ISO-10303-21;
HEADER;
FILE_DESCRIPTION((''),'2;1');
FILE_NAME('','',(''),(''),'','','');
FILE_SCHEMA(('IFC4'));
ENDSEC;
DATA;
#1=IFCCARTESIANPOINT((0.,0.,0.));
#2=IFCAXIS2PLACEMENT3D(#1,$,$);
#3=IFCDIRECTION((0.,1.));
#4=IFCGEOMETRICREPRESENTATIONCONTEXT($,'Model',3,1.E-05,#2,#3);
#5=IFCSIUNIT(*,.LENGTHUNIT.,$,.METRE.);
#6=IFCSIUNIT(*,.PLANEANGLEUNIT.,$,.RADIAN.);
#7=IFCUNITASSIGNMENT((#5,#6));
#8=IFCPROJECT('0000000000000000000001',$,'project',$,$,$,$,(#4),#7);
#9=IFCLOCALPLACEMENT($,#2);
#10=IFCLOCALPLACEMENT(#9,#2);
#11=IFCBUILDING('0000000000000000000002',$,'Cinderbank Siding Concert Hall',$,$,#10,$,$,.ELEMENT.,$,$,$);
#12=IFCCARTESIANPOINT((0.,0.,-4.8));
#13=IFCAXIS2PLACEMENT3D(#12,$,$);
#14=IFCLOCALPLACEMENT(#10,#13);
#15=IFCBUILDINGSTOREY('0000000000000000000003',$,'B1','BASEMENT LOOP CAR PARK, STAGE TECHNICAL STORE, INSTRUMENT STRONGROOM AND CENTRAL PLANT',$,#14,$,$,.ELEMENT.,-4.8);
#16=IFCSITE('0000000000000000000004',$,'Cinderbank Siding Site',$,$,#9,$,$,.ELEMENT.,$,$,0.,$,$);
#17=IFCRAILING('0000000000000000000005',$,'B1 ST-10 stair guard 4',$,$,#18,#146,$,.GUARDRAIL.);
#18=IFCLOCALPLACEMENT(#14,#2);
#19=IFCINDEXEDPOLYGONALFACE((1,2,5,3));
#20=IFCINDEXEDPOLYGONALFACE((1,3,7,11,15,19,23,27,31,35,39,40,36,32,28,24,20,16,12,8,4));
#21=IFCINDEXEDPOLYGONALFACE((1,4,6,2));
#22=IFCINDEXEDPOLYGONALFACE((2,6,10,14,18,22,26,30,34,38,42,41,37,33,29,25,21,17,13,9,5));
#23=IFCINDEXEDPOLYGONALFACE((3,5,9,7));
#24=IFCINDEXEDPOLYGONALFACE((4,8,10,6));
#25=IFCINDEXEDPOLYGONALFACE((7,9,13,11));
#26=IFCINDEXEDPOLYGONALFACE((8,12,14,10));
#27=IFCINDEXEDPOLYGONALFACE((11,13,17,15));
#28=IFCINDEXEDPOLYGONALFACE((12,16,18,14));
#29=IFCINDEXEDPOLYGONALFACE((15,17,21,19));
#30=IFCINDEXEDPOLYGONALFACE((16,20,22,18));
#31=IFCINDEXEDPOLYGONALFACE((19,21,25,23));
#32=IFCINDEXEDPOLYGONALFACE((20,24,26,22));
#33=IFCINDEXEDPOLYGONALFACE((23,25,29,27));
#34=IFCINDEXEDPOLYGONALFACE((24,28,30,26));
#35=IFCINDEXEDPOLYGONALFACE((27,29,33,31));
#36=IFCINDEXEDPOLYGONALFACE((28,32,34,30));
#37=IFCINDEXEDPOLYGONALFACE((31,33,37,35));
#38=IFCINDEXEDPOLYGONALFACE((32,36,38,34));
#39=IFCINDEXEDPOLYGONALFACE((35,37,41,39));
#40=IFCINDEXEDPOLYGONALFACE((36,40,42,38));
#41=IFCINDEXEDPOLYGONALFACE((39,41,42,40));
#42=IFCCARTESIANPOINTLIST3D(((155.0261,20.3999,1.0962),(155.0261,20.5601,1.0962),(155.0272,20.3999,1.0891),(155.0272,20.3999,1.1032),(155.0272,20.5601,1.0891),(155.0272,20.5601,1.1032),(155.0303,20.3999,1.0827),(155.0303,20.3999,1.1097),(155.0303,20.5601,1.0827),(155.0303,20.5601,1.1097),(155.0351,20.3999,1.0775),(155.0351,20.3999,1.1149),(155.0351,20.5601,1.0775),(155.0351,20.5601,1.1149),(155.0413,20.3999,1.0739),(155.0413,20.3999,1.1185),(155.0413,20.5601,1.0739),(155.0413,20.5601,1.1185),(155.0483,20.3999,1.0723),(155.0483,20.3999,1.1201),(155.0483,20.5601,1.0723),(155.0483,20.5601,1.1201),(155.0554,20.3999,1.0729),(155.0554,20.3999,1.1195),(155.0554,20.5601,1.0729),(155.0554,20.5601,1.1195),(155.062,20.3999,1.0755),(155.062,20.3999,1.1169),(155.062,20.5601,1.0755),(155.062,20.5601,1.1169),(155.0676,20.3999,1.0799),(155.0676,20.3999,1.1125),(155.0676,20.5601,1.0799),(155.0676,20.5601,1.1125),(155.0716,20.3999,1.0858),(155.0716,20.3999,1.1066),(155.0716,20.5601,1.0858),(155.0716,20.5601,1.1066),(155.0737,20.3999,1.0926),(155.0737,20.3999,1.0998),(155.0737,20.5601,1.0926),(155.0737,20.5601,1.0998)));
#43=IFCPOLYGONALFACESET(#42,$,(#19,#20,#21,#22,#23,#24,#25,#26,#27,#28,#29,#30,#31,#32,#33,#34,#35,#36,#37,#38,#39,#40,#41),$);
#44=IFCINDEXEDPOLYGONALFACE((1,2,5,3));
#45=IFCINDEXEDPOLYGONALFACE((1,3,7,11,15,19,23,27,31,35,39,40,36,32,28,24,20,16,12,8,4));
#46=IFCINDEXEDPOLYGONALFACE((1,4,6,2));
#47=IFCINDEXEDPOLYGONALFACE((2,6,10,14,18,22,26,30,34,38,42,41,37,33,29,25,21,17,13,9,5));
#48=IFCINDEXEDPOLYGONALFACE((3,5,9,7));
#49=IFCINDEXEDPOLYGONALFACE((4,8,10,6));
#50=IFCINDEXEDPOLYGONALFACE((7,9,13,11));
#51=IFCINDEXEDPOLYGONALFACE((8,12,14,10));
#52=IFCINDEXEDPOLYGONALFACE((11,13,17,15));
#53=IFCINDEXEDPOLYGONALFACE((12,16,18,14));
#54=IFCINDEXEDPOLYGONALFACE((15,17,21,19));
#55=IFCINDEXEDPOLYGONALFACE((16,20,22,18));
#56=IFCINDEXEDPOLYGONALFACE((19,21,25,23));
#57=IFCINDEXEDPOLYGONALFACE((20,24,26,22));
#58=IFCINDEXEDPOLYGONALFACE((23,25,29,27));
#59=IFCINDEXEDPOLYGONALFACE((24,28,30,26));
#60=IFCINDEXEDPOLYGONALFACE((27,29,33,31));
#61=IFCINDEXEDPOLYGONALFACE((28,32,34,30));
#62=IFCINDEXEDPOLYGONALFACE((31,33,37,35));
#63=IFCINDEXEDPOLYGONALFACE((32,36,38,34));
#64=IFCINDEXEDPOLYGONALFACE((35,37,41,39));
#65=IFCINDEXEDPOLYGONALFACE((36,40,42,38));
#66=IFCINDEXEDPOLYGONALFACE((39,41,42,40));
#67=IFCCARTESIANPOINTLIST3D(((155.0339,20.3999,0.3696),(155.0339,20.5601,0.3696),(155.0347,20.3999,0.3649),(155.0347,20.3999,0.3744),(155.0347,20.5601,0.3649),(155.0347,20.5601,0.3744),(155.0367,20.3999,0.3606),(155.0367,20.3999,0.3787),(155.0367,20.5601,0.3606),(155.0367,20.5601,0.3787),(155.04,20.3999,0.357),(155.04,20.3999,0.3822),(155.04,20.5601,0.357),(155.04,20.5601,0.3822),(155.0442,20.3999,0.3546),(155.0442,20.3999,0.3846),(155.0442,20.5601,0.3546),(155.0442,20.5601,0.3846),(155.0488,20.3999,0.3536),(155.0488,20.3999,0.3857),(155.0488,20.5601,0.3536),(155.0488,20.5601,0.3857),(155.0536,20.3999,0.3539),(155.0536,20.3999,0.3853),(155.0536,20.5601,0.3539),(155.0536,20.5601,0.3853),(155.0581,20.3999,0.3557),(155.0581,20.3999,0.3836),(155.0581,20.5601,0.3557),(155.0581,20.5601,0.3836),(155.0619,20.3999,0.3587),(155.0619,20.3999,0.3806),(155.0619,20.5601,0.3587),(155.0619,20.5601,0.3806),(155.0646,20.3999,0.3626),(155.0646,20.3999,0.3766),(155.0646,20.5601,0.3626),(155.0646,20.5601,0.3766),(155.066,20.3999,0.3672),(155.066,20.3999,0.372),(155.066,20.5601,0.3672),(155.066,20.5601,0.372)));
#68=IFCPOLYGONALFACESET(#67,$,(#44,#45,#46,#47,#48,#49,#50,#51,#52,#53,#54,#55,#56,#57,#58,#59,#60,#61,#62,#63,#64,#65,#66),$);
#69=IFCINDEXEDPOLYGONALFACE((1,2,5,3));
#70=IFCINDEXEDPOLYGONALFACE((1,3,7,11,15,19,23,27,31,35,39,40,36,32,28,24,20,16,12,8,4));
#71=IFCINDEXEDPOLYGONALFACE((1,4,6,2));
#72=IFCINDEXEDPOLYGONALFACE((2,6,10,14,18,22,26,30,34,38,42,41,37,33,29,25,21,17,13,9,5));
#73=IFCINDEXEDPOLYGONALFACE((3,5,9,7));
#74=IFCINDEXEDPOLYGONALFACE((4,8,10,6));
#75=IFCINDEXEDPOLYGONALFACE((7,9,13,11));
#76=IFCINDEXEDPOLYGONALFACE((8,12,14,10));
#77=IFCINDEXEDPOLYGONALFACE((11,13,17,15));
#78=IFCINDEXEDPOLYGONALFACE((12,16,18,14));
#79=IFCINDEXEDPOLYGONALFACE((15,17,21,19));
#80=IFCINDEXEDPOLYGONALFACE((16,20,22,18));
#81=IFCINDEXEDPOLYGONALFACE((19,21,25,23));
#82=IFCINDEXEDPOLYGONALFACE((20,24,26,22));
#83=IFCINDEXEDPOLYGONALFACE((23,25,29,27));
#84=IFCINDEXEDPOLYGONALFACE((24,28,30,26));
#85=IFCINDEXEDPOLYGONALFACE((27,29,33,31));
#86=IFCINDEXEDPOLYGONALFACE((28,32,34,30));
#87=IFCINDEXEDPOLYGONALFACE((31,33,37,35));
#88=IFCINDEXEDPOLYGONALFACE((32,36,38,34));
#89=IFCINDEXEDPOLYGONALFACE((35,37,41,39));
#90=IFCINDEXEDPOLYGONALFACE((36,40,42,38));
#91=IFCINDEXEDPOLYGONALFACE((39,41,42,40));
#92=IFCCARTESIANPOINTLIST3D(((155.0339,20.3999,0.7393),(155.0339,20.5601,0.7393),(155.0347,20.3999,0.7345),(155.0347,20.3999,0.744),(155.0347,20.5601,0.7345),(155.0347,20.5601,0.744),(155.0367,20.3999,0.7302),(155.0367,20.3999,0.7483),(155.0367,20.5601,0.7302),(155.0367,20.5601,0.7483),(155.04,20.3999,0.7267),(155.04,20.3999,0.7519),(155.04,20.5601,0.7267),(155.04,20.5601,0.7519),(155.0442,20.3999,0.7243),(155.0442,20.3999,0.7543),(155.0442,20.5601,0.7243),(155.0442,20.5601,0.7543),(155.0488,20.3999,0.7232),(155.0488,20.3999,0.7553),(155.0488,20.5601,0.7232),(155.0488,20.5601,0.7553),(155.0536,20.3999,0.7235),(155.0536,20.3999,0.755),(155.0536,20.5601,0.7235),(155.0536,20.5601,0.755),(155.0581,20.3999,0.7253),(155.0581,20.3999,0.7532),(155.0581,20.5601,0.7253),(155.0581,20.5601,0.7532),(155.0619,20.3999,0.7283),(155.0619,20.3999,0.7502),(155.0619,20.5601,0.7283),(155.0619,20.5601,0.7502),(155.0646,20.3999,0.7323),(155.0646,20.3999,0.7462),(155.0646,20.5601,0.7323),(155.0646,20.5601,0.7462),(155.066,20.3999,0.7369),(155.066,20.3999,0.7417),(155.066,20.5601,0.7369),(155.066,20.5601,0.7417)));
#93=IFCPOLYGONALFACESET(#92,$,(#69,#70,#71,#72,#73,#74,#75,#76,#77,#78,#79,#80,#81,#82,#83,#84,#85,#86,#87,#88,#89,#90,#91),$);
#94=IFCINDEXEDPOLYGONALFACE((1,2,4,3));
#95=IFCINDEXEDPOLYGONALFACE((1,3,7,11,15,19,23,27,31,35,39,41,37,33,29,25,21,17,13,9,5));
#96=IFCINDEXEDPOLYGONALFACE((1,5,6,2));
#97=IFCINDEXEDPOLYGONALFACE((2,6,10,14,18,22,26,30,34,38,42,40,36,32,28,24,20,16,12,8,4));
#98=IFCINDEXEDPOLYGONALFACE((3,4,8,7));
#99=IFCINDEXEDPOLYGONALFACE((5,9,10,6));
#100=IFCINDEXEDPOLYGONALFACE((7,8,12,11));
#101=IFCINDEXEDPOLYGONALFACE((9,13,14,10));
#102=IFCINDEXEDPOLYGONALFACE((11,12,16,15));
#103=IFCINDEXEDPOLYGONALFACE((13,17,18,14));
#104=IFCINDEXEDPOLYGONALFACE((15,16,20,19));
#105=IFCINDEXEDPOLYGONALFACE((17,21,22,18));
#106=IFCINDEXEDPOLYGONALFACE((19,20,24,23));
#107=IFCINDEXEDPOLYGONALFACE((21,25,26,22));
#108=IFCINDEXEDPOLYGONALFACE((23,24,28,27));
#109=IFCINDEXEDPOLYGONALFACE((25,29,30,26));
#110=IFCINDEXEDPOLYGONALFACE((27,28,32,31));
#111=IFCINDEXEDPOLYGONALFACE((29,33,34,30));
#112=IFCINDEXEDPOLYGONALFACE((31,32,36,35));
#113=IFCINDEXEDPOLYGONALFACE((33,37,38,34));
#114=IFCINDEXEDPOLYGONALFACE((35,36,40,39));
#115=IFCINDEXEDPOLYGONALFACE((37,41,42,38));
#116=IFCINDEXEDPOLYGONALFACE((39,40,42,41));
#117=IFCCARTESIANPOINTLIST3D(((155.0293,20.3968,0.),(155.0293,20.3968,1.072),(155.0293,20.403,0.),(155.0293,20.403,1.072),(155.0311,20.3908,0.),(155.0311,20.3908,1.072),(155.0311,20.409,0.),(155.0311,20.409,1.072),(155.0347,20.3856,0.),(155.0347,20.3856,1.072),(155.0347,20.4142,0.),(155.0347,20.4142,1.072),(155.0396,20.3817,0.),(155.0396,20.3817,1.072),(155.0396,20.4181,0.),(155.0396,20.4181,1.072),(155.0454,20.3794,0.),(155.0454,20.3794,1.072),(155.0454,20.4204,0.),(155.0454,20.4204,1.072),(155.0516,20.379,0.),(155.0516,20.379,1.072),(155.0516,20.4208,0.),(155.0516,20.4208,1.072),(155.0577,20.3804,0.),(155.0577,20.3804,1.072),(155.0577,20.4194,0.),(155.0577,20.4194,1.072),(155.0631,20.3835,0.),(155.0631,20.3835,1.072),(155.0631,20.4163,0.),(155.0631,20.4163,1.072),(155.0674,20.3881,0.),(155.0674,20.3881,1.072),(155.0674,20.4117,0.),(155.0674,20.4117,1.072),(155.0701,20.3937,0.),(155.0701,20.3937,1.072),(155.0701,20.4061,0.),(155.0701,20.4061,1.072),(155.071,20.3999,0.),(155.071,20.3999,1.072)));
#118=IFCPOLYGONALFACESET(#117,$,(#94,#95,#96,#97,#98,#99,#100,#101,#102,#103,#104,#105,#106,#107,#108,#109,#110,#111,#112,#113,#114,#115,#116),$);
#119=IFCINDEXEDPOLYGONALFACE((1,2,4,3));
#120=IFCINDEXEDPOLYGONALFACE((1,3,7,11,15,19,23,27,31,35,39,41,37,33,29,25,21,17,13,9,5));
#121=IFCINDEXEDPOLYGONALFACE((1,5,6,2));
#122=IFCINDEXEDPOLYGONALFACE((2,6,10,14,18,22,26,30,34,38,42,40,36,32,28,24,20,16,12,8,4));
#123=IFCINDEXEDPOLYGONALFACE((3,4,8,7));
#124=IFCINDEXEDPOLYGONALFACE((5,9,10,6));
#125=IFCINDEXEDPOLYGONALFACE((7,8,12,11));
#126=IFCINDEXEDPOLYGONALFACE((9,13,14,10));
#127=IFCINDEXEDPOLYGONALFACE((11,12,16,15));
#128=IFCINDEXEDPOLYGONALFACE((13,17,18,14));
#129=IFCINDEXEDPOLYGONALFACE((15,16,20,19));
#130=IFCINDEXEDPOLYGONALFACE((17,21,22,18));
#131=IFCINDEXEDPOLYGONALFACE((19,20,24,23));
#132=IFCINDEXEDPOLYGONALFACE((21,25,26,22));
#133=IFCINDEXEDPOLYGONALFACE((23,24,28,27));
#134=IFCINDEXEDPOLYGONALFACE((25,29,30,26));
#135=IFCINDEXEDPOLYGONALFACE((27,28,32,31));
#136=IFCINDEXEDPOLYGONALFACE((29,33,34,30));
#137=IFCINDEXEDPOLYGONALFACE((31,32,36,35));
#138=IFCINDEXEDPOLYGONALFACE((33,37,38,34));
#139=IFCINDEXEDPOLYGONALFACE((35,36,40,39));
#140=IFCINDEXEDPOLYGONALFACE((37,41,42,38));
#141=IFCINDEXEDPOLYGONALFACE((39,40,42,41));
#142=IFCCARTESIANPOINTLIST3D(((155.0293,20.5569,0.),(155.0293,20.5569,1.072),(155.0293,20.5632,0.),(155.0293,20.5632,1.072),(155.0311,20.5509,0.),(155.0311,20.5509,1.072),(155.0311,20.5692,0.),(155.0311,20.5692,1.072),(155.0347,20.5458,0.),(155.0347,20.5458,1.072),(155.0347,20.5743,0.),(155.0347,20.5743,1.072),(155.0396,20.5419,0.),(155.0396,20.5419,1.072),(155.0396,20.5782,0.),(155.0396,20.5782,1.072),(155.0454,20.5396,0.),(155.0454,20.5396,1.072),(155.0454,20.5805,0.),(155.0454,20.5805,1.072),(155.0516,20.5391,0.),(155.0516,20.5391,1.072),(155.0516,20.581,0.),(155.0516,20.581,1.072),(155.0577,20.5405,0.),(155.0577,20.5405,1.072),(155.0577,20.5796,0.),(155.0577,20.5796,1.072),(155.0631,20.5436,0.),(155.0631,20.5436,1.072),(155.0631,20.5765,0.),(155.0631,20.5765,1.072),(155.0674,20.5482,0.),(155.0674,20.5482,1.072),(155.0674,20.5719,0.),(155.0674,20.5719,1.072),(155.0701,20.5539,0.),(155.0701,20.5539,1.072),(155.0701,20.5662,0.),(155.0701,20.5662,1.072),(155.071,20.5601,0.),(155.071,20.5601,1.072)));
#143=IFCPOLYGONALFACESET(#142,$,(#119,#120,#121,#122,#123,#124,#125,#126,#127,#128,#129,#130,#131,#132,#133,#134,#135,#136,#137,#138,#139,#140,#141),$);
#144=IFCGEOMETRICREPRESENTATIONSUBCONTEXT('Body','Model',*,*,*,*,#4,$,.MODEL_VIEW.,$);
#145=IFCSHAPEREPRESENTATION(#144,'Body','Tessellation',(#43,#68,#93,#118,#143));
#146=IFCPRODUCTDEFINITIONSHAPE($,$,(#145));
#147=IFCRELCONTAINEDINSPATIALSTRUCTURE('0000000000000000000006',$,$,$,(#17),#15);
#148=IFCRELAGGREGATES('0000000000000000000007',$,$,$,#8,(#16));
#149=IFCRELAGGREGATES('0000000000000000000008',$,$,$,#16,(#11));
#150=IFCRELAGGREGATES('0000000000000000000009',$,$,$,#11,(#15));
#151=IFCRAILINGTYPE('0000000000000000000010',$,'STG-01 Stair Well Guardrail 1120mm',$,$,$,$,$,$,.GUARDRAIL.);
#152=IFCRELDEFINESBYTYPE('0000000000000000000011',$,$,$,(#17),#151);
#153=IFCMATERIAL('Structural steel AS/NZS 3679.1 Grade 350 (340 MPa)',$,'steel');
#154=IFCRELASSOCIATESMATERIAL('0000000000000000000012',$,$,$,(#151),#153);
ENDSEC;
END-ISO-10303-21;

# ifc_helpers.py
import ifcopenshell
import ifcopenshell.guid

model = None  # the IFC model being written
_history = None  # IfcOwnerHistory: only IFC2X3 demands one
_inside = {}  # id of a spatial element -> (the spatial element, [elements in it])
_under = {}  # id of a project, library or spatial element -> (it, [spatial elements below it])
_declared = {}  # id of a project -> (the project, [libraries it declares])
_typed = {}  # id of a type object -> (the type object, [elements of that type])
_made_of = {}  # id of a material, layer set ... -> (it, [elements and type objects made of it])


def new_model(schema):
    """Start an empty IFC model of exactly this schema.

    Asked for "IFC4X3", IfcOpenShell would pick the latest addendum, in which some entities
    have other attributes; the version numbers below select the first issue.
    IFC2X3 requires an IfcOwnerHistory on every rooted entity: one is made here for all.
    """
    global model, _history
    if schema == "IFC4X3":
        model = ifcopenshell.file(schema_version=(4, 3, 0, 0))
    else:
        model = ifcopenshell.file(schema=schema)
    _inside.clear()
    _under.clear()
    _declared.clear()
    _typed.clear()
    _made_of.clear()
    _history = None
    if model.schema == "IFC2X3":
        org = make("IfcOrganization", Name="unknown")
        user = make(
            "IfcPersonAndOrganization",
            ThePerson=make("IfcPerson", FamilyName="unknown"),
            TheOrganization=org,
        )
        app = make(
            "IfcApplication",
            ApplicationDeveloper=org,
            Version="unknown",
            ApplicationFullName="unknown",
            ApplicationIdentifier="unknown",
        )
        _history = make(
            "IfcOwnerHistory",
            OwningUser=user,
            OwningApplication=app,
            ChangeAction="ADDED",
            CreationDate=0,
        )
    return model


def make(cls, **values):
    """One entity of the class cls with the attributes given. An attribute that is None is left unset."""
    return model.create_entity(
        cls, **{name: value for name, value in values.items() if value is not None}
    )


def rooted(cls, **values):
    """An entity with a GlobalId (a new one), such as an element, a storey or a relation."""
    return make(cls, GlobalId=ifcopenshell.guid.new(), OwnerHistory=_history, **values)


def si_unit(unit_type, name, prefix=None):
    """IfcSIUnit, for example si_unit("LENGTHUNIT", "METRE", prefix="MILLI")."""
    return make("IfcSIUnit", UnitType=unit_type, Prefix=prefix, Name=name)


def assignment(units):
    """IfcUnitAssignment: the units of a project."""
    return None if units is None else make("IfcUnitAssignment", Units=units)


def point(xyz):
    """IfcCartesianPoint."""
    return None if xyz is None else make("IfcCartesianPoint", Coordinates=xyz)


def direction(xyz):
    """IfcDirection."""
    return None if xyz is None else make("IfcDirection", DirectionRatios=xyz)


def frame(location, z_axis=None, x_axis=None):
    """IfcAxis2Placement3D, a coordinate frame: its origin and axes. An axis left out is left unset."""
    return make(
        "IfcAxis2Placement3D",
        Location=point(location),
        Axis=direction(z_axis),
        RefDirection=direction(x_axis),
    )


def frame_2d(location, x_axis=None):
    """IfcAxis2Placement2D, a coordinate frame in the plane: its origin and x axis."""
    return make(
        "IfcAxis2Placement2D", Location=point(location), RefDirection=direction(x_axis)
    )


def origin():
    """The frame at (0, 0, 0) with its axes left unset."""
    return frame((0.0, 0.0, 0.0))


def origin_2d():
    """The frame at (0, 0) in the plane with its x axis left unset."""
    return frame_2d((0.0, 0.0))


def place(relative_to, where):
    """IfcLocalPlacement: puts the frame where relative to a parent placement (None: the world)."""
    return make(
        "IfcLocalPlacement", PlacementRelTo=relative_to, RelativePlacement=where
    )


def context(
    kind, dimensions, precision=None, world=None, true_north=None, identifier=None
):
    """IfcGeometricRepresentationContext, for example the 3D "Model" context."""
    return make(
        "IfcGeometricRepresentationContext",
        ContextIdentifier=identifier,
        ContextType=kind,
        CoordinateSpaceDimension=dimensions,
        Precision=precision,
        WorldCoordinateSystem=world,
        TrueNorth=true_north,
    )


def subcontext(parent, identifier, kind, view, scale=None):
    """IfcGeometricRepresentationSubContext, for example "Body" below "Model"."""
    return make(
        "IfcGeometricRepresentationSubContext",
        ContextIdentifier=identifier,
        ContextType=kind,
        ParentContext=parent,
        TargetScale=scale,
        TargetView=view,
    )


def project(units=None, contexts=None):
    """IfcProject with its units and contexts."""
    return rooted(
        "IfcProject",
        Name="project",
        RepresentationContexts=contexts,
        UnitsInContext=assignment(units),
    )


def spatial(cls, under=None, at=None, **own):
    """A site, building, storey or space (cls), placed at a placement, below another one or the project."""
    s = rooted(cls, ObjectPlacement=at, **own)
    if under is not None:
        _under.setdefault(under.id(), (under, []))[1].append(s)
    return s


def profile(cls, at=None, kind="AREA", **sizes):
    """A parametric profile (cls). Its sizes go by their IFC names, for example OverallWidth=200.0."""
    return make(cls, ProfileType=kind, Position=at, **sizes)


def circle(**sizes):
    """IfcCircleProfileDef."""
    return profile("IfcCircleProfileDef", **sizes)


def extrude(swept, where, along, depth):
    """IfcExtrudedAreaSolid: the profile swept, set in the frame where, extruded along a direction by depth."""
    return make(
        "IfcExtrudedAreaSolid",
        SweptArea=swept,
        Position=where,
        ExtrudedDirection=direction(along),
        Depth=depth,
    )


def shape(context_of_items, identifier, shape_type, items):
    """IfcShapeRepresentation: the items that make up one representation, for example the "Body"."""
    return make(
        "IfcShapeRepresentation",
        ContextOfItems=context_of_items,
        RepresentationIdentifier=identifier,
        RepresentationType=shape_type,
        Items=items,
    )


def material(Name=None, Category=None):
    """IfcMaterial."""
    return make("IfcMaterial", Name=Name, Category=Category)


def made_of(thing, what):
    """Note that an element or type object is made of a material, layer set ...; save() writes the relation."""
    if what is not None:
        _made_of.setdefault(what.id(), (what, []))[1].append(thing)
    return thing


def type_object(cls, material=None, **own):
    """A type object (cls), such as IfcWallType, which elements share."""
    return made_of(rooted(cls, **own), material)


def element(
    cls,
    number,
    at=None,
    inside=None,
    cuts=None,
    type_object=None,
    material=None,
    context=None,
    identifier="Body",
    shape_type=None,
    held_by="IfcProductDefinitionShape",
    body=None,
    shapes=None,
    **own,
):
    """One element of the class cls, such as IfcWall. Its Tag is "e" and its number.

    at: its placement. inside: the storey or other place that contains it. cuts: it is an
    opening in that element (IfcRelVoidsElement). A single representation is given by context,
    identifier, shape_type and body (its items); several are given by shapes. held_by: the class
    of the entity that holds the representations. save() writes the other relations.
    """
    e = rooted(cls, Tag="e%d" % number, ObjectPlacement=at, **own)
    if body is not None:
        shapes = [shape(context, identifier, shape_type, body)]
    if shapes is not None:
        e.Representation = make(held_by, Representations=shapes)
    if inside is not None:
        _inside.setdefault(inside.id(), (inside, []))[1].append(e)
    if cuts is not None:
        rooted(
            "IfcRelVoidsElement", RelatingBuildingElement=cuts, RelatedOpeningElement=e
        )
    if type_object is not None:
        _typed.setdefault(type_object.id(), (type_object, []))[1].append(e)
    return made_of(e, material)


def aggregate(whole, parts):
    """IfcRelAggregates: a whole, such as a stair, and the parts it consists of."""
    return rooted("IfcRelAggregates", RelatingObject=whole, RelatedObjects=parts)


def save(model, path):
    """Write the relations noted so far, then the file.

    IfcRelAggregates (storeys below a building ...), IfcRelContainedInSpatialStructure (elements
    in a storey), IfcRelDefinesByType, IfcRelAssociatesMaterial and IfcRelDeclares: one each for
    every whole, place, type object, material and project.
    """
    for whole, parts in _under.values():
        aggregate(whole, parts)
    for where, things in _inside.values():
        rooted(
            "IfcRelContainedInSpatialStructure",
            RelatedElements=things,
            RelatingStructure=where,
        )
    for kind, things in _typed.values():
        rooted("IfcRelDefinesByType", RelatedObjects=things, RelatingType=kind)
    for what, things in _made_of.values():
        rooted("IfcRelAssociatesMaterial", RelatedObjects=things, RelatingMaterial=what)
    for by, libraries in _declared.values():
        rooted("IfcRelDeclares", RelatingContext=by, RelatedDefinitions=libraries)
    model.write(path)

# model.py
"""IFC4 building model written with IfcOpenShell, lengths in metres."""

from ifc_helpers import new_model, si_unit, direction, frame, origin, origin_2d, place, context, subcontext, project, spatial, circle, extrude, material, type_object, element, save


model = new_model("IFC4")

# Units and contexts
model_context = context("Model", 3, precision=1e-05, world=origin(), true_north=direction((0.0, 1.0)))
body_context = subcontext(model_context, "Body", "Model", "MODEL_VIEW")
ifc_project = project(units=[si_unit("LENGTHUNIT", "METRE"), si_unit("PLANEANGLEUNIT", "RADIAN")], contexts=[model_context])

# Site, building, storey
site_placement = place(None, origin())
site = spatial("IfcSite", under=ifc_project, at=site_placement, Name="Cinderbank Siding Site", CompositionType="ELEMENT", RefElevation=0.0)
building_placement = place(site_placement, origin())
building = spatial("IfcBuilding", under=site, at=building_placement, Name="Cinderbank Siding Concert Hall", CompositionType="ELEMENT")
storey_placement = place(building_placement, frame((0.0, 0.0, -4.8)))
storey = spatial("IfcBuildingStorey", under=building, at=storey_placement, Name="B1", Description="BASEMENT LOOP CAR PARK, STAGE TECHNICAL STORE, INSTRUMENT STRONGROOM AND CENTRAL PLANT", CompositionType="ELEMENT", Elevation=-4.8)

# Railing
ifc_material_1 = material(Name="Structural steel AS/NZS 3679.1 Grade 350 (340 MPa)", Category="steel")
railing_type_1 = type_object("IfcRailingType", Name="STG-01 Stair Well Guardrail 1120mm", PredefinedType="GUARDRAIL", material=ifc_material_1)
railing_1_placement = place(storey_placement, frame((155.05, 20.3999, 0.0)))
element("IfcRailing", 1, at=railing_1_placement, inside=storey, type_object=railing_type_1, Name="B1 ST-10 stair guard 4", PredefinedType="GUARDRAIL", context=body_context, shape_type="SweptSolid", body=[
    extrude(circle(Radius=0.0239, at=origin_2d()), frame((0.0, 0.0, 1.0962), z_axis=(0.0, 1.0, 0.0), x_axis=(-1.0, 0.0, 0.0)), (0.0, 0.0, 1.0), 0.1602),
    extrude(circle(Radius=0.0161, at=origin_2d()), frame((0.0, 0.0, 0.3696), z_axis=(0.0, 1.0, 0.0), x_axis=(-1.0, 0.0, 0.0)), (0.0, 0.0, 1.0), 0.1602),
    extrude(circle(Radius=0.0161, at=origin_2d()), frame((0.0, 0.0, 0.7393), z_axis=(0.0, 1.0, 0.0), x_axis=(-1.0, 0.0, 0.0)), (0.0, 0.0, 1.0), 0.1602),
    extrude(circle(Radius=0.021, at=origin_2d()), origin(), (0.0, 0.0, 1.0), 1.072),
    extrude(circle(Radius=0.021, at=origin_2d()), frame((0.0, 0.1602, 0.0)), (0.0, 0.0, 1.0), 1.072),
])

save(model, "model.ifc")
